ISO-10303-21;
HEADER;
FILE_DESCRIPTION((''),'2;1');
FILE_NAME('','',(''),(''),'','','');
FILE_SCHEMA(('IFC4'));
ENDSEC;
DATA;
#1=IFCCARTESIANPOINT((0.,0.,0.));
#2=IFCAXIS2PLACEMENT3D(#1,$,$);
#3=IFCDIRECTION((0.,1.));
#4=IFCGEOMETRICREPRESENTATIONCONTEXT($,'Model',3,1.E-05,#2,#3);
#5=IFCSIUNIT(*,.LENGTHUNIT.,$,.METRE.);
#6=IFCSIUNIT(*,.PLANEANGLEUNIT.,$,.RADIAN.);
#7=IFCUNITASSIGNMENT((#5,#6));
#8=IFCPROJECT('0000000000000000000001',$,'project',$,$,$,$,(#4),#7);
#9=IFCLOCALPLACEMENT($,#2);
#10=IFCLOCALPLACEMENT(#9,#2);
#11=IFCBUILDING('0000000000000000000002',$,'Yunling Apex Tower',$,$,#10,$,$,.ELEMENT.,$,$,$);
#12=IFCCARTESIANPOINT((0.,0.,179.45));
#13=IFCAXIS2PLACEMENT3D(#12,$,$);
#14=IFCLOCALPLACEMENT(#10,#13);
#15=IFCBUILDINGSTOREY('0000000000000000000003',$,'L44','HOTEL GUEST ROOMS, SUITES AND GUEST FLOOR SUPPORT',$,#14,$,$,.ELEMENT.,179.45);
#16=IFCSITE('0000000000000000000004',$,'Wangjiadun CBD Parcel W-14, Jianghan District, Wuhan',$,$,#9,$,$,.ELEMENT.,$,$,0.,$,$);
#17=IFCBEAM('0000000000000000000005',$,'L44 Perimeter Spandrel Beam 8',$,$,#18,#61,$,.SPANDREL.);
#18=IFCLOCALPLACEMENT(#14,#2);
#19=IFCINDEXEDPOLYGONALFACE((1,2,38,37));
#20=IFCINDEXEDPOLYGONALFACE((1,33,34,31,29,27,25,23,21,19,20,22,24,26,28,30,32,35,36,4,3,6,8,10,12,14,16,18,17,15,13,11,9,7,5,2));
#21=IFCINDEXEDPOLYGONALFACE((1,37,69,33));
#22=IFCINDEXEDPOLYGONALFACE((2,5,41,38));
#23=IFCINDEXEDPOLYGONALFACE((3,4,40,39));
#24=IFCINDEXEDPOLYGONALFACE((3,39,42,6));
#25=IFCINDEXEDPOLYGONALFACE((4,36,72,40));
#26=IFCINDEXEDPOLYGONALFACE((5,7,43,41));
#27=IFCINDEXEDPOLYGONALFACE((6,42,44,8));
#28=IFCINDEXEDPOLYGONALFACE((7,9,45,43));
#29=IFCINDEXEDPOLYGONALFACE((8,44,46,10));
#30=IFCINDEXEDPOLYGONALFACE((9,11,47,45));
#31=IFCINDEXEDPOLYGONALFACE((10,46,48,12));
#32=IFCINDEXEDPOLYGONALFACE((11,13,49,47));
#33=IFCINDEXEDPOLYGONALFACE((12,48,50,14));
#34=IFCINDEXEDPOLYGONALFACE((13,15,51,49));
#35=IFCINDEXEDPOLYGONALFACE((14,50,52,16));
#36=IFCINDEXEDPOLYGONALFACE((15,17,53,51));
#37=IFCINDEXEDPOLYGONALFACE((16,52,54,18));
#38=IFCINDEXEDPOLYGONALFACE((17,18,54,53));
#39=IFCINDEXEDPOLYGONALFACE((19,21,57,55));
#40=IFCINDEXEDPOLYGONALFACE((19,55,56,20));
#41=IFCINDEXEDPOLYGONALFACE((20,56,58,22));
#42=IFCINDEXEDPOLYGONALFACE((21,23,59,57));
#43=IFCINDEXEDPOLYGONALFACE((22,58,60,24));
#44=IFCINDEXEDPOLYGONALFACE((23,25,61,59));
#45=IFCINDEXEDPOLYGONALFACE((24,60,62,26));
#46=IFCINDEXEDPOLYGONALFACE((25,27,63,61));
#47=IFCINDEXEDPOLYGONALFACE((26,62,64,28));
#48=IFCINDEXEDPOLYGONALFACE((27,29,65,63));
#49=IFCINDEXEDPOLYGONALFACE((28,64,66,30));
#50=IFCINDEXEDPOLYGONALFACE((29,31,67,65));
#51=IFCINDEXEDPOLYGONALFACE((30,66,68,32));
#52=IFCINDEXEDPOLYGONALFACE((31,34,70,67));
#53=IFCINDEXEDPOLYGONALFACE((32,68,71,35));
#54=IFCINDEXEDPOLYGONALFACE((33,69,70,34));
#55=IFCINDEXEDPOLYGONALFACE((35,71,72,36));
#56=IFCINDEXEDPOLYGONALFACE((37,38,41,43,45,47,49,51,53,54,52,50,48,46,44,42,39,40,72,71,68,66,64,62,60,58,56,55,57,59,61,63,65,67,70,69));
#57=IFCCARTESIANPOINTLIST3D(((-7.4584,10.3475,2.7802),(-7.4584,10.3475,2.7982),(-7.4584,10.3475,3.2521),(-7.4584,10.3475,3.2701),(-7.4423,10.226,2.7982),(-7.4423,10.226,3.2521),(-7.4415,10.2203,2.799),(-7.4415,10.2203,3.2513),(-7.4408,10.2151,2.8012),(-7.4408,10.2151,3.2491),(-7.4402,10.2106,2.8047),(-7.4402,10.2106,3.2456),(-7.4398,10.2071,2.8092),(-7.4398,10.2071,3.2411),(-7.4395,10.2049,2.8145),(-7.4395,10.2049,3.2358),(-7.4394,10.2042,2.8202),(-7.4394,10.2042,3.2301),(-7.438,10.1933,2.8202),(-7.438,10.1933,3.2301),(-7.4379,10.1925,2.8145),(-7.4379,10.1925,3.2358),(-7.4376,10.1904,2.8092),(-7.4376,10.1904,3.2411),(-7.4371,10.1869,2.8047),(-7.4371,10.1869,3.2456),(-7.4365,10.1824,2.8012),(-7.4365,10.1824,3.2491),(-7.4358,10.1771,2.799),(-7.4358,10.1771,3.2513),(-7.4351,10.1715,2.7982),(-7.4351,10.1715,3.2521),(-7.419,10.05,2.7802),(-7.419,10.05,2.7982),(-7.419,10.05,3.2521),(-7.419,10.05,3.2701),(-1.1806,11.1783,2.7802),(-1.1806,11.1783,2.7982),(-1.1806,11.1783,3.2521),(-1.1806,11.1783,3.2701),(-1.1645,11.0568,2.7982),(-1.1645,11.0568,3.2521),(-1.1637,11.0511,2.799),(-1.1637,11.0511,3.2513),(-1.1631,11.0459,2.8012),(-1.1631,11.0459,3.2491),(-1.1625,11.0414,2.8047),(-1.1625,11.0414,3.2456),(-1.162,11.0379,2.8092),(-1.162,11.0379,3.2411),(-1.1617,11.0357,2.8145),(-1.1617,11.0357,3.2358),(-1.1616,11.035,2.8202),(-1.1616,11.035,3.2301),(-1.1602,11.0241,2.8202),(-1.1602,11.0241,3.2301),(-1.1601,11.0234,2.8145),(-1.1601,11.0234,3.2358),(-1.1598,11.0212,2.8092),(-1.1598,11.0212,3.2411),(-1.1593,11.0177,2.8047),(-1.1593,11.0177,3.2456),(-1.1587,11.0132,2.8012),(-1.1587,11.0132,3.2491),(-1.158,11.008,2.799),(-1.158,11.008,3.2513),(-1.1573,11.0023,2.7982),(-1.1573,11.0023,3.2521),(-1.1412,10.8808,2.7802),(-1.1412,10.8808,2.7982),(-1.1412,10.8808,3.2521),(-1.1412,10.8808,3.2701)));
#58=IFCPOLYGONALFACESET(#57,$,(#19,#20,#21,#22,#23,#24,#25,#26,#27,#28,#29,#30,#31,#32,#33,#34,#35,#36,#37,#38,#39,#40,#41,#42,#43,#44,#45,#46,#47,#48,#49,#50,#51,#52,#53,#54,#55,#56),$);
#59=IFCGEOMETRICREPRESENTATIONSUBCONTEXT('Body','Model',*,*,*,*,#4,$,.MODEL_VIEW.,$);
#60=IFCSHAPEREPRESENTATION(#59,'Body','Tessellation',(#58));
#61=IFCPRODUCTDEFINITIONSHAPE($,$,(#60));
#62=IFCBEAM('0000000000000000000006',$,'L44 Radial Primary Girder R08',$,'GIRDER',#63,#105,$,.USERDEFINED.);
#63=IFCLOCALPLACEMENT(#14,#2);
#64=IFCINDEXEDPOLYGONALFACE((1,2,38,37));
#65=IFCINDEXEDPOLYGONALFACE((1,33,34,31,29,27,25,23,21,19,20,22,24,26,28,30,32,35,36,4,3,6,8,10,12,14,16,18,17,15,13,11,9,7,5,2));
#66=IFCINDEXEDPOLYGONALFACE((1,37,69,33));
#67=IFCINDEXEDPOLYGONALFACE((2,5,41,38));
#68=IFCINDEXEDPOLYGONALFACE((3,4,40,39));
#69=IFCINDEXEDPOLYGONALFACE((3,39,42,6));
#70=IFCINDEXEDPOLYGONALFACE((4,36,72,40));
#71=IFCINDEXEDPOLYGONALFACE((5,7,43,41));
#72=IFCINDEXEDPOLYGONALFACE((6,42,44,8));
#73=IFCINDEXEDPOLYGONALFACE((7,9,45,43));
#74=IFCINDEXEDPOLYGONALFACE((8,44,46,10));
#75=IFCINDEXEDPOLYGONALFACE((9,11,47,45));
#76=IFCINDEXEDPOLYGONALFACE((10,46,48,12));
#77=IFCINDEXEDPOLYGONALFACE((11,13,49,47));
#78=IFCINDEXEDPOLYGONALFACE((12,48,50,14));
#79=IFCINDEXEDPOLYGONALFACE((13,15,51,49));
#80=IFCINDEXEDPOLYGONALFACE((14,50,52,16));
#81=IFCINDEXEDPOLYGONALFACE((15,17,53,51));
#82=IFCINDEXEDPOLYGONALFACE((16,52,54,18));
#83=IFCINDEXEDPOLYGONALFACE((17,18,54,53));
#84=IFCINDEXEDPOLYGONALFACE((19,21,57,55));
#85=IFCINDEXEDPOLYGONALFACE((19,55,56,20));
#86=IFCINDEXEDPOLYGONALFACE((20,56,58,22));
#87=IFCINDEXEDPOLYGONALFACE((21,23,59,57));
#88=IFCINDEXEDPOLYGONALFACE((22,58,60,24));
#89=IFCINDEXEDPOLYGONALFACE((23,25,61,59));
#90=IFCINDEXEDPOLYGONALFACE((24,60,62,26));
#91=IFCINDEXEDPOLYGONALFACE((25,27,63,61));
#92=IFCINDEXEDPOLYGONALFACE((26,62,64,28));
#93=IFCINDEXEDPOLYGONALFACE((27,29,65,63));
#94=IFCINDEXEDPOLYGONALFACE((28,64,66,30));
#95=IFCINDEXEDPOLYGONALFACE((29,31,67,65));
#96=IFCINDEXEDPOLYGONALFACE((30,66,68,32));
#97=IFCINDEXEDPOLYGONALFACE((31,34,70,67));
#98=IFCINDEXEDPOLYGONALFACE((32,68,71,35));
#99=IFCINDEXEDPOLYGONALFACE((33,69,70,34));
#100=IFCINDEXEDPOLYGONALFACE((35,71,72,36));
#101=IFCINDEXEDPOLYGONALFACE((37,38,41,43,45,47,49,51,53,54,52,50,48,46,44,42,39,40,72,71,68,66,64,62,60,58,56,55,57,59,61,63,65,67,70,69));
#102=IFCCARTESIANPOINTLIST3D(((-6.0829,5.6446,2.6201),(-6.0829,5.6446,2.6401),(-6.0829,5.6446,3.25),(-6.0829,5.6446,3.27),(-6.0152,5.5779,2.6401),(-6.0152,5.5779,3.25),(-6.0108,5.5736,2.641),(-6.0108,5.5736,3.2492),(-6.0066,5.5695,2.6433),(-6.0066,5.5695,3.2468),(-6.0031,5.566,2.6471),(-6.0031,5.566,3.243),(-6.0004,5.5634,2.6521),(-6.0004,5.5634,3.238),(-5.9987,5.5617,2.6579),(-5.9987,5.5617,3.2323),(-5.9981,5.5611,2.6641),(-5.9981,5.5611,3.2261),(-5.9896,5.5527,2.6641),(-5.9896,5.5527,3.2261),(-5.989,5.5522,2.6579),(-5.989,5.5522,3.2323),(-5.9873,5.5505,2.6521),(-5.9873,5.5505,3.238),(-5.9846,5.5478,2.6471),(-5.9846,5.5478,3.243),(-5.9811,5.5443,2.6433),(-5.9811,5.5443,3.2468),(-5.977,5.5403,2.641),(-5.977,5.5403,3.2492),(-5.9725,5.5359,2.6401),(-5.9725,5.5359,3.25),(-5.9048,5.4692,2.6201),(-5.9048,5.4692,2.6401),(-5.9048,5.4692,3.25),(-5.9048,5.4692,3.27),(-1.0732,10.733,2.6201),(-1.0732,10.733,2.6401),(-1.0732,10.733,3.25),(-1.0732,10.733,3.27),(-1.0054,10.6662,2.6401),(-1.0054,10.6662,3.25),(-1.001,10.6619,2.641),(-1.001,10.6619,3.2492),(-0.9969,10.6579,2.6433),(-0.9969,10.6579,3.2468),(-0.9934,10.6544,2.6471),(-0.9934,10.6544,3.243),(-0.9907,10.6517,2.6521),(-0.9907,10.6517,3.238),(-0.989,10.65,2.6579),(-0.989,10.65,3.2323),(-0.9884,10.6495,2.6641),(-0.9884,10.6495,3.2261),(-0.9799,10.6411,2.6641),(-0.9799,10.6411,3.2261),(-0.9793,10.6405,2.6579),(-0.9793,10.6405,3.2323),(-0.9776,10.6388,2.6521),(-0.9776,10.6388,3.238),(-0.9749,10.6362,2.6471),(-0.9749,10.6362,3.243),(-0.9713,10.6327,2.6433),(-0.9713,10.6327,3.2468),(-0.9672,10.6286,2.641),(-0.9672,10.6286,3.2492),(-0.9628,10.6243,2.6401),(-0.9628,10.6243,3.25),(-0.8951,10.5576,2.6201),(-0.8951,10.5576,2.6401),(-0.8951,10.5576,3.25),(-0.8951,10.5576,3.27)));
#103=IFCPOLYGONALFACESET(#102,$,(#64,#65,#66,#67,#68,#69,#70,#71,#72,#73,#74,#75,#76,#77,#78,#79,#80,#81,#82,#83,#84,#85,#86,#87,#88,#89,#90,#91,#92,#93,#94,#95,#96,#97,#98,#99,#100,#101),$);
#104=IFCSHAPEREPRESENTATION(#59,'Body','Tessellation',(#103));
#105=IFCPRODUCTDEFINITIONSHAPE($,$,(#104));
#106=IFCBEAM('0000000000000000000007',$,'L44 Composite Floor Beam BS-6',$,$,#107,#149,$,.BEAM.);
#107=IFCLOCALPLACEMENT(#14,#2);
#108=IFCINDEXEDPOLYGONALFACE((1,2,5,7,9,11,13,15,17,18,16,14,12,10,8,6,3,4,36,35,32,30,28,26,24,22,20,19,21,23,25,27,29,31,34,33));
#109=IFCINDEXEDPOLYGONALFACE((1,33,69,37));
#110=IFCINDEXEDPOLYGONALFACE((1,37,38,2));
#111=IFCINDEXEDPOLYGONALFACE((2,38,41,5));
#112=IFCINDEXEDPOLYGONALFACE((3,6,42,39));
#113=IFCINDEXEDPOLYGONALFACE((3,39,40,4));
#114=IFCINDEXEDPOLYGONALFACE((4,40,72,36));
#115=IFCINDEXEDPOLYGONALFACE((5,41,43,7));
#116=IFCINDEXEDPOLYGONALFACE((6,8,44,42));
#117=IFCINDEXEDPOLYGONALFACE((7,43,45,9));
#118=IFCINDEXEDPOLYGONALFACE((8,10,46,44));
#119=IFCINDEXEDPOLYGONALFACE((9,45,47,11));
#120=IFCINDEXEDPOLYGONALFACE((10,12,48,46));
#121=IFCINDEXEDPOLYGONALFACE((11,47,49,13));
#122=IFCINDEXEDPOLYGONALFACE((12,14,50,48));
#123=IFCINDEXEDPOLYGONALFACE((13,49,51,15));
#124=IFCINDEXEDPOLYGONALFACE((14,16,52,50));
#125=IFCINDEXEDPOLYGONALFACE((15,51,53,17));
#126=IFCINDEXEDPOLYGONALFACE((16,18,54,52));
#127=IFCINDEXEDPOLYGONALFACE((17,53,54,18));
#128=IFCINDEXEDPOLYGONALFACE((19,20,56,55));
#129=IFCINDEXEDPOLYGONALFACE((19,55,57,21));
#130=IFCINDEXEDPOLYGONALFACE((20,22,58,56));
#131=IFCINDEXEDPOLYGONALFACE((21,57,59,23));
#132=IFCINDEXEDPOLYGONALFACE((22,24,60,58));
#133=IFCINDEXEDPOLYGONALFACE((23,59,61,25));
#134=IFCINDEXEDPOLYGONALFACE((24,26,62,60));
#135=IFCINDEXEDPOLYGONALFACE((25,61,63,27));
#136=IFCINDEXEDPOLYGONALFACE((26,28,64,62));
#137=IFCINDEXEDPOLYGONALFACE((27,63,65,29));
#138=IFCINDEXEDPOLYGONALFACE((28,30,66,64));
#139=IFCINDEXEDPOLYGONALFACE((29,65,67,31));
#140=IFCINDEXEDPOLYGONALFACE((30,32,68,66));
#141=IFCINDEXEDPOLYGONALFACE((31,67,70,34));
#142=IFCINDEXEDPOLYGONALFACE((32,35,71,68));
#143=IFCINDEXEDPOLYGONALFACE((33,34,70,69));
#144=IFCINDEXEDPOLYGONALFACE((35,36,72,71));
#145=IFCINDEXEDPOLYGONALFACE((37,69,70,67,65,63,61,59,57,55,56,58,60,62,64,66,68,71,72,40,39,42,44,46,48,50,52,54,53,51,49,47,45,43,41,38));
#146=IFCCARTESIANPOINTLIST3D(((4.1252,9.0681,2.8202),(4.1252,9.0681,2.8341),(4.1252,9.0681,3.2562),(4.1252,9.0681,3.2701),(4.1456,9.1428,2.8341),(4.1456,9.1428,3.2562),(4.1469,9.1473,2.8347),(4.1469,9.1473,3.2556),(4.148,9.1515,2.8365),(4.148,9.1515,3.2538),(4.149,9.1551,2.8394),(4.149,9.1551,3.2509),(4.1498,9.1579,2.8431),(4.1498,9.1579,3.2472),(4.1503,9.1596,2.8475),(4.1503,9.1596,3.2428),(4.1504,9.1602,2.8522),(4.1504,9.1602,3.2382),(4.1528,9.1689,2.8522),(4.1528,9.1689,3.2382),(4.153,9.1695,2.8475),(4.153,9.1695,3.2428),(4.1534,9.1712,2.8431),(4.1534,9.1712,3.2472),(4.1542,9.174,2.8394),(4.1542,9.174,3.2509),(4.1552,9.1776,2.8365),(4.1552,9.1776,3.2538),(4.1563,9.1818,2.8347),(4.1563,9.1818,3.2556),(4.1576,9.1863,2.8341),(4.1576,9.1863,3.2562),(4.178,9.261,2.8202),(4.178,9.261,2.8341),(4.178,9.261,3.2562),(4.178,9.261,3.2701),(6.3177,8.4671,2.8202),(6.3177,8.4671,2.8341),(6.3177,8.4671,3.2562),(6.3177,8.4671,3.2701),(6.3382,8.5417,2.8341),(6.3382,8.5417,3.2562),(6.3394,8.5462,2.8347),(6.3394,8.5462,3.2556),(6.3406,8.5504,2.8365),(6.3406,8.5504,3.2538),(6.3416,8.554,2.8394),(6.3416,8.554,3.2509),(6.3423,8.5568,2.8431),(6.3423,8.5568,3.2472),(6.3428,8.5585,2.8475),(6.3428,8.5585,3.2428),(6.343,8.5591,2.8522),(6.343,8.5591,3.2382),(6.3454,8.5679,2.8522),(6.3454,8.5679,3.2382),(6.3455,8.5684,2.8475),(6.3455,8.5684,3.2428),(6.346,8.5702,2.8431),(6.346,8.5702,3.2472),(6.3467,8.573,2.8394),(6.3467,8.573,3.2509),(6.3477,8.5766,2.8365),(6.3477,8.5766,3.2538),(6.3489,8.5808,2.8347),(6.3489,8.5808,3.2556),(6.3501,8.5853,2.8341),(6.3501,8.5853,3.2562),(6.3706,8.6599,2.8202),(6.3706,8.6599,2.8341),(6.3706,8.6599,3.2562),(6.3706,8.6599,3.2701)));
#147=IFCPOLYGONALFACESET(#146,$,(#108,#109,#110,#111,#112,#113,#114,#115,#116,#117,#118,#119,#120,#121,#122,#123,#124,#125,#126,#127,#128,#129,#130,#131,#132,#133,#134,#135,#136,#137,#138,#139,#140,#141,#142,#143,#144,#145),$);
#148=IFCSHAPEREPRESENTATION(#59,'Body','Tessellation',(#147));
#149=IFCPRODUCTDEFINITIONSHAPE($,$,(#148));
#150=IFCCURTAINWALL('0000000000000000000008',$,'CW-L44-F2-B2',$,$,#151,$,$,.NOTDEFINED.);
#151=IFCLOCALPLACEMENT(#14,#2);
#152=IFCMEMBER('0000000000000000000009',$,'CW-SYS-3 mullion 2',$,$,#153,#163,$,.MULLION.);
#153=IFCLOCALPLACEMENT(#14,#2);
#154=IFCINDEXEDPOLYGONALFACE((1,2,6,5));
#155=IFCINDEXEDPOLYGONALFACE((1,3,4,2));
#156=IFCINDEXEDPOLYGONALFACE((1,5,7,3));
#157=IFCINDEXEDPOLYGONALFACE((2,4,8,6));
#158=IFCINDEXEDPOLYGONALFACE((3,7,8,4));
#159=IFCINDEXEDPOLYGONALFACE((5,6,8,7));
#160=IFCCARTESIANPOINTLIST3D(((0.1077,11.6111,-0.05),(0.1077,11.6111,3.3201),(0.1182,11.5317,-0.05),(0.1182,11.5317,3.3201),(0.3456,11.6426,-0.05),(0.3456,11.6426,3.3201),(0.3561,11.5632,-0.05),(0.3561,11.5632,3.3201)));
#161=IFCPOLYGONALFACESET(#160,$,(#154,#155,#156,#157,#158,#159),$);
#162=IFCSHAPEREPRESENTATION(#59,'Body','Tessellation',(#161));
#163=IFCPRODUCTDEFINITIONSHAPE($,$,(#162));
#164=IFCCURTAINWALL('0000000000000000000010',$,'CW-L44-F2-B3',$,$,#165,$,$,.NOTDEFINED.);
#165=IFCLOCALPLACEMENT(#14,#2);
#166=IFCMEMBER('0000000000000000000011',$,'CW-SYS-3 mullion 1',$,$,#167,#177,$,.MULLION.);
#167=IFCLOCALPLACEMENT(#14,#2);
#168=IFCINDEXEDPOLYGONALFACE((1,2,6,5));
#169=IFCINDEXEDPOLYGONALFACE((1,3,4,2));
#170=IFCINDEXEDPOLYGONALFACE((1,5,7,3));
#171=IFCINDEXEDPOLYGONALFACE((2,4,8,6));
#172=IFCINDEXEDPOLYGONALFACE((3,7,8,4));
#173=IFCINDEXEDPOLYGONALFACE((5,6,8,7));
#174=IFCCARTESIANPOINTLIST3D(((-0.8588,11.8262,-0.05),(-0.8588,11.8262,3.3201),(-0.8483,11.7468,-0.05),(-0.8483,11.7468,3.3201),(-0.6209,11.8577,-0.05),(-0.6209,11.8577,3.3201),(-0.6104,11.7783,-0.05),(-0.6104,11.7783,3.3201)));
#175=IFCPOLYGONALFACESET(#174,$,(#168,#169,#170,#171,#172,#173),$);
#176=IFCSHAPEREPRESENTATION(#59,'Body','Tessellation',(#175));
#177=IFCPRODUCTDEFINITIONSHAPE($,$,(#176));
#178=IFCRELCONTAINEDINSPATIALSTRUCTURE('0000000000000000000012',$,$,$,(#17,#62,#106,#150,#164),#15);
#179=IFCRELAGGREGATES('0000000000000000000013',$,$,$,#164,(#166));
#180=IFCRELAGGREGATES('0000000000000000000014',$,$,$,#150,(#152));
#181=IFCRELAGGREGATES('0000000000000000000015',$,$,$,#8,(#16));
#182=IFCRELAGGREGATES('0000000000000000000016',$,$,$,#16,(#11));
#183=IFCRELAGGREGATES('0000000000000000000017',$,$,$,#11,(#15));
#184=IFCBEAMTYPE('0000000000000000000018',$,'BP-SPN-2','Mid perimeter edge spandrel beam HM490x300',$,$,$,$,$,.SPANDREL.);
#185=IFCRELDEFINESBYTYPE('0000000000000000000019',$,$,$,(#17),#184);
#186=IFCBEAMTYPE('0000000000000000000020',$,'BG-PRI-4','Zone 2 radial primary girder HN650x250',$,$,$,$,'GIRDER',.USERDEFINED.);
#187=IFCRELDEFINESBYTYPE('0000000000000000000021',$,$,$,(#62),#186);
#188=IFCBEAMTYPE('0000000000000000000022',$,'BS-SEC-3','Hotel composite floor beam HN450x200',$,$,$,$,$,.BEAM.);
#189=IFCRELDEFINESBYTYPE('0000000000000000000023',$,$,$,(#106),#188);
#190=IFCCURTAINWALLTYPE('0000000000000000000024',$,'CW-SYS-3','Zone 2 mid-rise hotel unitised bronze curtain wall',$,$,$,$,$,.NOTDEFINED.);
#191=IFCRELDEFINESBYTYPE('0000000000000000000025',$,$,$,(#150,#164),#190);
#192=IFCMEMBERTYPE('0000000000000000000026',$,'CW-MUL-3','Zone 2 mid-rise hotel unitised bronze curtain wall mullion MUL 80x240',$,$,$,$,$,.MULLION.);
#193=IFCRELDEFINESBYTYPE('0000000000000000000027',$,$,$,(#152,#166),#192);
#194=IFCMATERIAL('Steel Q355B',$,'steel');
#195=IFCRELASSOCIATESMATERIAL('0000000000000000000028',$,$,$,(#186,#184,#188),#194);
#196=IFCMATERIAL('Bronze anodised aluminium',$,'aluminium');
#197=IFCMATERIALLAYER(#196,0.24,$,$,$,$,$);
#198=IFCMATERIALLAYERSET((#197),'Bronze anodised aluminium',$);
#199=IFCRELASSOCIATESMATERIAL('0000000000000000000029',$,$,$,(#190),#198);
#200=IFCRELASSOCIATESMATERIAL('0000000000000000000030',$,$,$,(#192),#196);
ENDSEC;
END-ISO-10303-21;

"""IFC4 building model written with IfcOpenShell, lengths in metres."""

from ifc_helpers import new_model, si_unit, direction, frame, origin, origin_2d, place, context, subcontext, project, spatial, rectangle, i_section, extrude, source, transform, mapped, material, layer, layer_set, material_profile, profile_set, type_object, element, aggregate, save


model = new_model("IFC4")

# Units and contexts
model_context = context("Model", 3, precision=1e-05, world=origin(), true_north=direction((0.0, 1.0)))
body_context = subcontext(model_context, "Body", "Model", "MODEL_VIEW")
ifc_project = project(units=[si_unit("LENGTHUNIT", "METRE"), si_unit("PLANEANGLEUNIT", "RADIAN")], contexts=[model_context])

# Site, building, storey
site_placement = place(None, origin())
site = spatial("IfcSite", under=ifc_project, at=site_placement, Name="Wangjiadun CBD Parcel W-14, Jianghan District, Wuhan", CompositionType="ELEMENT", RefElevation=0.0)
building_placement = place(site_placement, origin())
building = spatial("IfcBuilding", under=site, at=building_placement, Name="Yunling Apex Tower", CompositionType="ELEMENT")
storey_placement = place(building_placement, frame((0.0, 0.0, 179.45)))
storey = spatial("IfcBuildingStorey", under=building, at=storey_placement, Name="L44", Description="HOTEL GUEST ROOMS, SUITES AND GUEST FLOOR SUPPORT", CompositionType="ELEMENT", Elevation=179.45)

# Beams
ifc_material_1 = material(Name="Steel Q355B", Category="steel")
ifc_material_profile_1 = material_profile(ifc_material_1, i_section(OverallWidth=0.25, OverallDepth=0.6499, WebThickness=0.012, FlangeThickness=0.02, FilletRadius=0.0239, at=origin_2d()))
ifc_profile_set_1 = profile_set([ifc_material_profile_1], Name="Steel Q355B")
beam_type_1 = type_object("IfcBeamType", Name="BG-PRI-4", Description="Zone 2 radial primary girder HN650x250", ElementType="GIRDER", PredefinedType="USERDEFINED", material=ifc_profile_set_1)
ifc_material_profile_2 = material_profile(ifc_material_1, i_section(OverallWidth=0.3, OverallDepth=0.49, WebThickness=0.011, FlangeThickness=0.0181, FilletRadius=0.022, at=origin_2d()))
ifc_profile_set_2 = profile_set([ifc_material_profile_2], Name="Steel Q355B")
beam_type_2 = type_object("IfcBeamType", Name="BP-SPN-2", Description="Mid perimeter edge spandrel beam HM490x300", PredefinedType="SPANDREL", material=ifc_profile_set_2)
shared_shape_1 = source(origin(), body_context, "Body", "SweptSolid", [
    extrude(i_section(OverallWidth=0.3, OverallDepth=0.49, WebThickness=0.011, FlangeThickness=0.0181, FilletRadius=0.022, at=origin_2d()), origin(), (0.0, 0.0, 1.0), 6.3325),
])
beam_1_placement = place(storey_placement, frame((-1.1609, 11.0295, 3.0251), z_axis=(-0.991356, -0.131196, 0.0), x_axis=(0.131196, -0.991356, 0.0)))
element("IfcBeam", 1, at=beam_1_placement, inside=storey, type_object=beam_type_2, Name="L44 Perimeter Spandrel Beam 8", PredefinedType="SPANDREL", context=body_context, shape_type="MappedRepresentation", body=[
    mapped(shared_shape_1, transform((0.0, 0.0, 0.0), scale=1.0)),
])
shared_shape_2 = source(origin(), body_context, "Body", "SweptSolid", [
    extrude(i_section(OverallWidth=0.25, OverallDepth=0.6499, WebThickness=0.012, FlangeThickness=0.02, FilletRadius=0.0239, at=origin_2d()), origin(), (0.0, 0.0, 1.0), 7.1406),
])
beam_2_placement = place(storey_placement, frame((-0.9841, 10.6453, 2.9451), z_axis=(-0.701581, -0.71259, 0.0), x_axis=(0.71259, -0.701581, 0.0)))
element("IfcBeam", 2, at=beam_2_placement, inside=storey, type_object=beam_type_1, Name="L44 Radial Primary Girder R08", ObjectType="GIRDER", PredefinedType="USERDEFINED", context=body_context, shape_type="MappedRepresentation", body=[
    mapped(shared_shape_2, transform((0.0, 0.0, 0.0), scale=1.0)),
])
ifc_material_profile_3 = material_profile(ifc_material_1, i_section(OverallWidth=0.2, OverallDepth=0.45, WebThickness=0.009, FlangeThickness=0.0139, FilletRadius=0.0181, at=origin_2d()))
ifc_profile_set_3 = profile_set([ifc_material_profile_3], Name="Steel Q355B")
beam_type_3 = type_object("IfcBeamType", Name="BS-SEC-3", Description="Hotel composite floor beam HN450x200", PredefinedType="BEAM", material=ifc_profile_set_3)
shared_shape_3 = source(origin(), body_context, "Body", "SweptSolid", [
    extrude(i_section(OverallWidth=0.2, OverallDepth=0.45, WebThickness=0.009, FlangeThickness=0.0139, FilletRadius=0.0181, at=origin_2d()), origin(), (0.0, 0.0, 1.0), 2.2734),
])
beam_3_placement = place(storey_placement, frame((4.1516, 9.1646, 3.0452), z_axis=(0.964419, -0.26438, 0.0), x_axis=(0.26438, 0.964419, 0.0)))
element("IfcBeam", 3, at=beam_3_placement, inside=storey, type_object=beam_type_3, Name="L44 Composite Floor Beam BS-6", PredefinedType="BEAM", context=body_context, shape_type="MappedRepresentation", body=[
    mapped(shared_shape_3, transform((0.0, 0.0, 0.0), scale=1.0)),
])

# Curtain walls, members
ifc_material_2 = material(Name="Bronze anodised aluminium", Category="aluminium")
ifc_layer_1 = layer(ifc_material_2, 0.24)
ifc_layer_set_1 = layer_set([ifc_layer_1], Name="Bronze anodised aluminium")
curtain_wall_type = type_object("IfcCurtainWallType", Name="CW-SYS-3", Description="Zone 2 mid-rise hotel unitised bronze curtain wall", PredefinedType="NOTDEFINED", material=ifc_layer_set_1)
curtain_wall_1_placement = place(storey_placement, origin())
curtain_wall_1 = element("IfcCurtainWall", 4, at=curtain_wall_1_placement, inside=storey, type_object=curtain_wall_type, Name="CW-L44-F2-B2", PredefinedType="NOTDEFINED")
ifc_material_profile_4 = material_profile(ifc_material_2, rectangle(XDim=0.0801, YDim=0.24, at=origin_2d()))
ifc_profile_set_4 = profile_set([ifc_material_profile_4], Name="Bronze anodised aluminium")
member_type_1 = type_object("IfcMemberType", Name="CW-MUL-3", Description="Zone 2 mid-rise hotel unitised bronze curtain wall mullion MUL 80x240", PredefinedType="MULLION", material=ifc_profile_set_4)
shared_shape_4 = source(origin(), body_context, "Body", "SweptSolid", [
    extrude(rectangle(XDim=0.0801, YDim=0.24, at=origin_2d()), origin(), (0.0, 0.0, 1.0), 3.3701),
])
member_1_placement = place(storey_placement, frame((0.2319, 11.5872, -0.05), z_axis=(0.0, 0.0, 1.0), x_axis=(0.131205, -0.991355, 0.0)))
member_1 = element("IfcMember", 5, at=member_1_placement, type_object=member_type_1, Name="CW-SYS-3 mullion 2", PredefinedType="MULLION", context=body_context, shape_type="MappedRepresentation", body=[
    mapped(shared_shape_4, transform((0.0, 0.0, 0.0), scale=1.0)),
])
curtain_wall_2_placement = place(storey_placement, origin())
curtain_wall_2 = element("IfcCurtainWall", 6, at=curtain_wall_2_placement, inside=storey, type_object=curtain_wall_type, Name="CW-L44-F2-B3", PredefinedType="NOTDEFINED")
member_2_placement = place(storey_placement, frame((-0.7346, 11.8022, -0.05), z_axis=(0.0, 0.0, 1.0), x_axis=(0.131209, -0.991355, 0.0)))
member_2 = element("IfcMember", 7, at=member_2_placement, type_object=member_type_1, Name="CW-SYS-3 mullion 1", PredefinedType="MULLION", context=body_context, shape_type="MappedRepresentation", body=[
    mapped(shared_shape_4, transform((0.0, 0.0, 0.0), scale=1.0)),
])

aggregate(curtain_wall_2, [member_2])

aggregate(curtain_wall_1, [member_1])

save(model, "model.ifc")
